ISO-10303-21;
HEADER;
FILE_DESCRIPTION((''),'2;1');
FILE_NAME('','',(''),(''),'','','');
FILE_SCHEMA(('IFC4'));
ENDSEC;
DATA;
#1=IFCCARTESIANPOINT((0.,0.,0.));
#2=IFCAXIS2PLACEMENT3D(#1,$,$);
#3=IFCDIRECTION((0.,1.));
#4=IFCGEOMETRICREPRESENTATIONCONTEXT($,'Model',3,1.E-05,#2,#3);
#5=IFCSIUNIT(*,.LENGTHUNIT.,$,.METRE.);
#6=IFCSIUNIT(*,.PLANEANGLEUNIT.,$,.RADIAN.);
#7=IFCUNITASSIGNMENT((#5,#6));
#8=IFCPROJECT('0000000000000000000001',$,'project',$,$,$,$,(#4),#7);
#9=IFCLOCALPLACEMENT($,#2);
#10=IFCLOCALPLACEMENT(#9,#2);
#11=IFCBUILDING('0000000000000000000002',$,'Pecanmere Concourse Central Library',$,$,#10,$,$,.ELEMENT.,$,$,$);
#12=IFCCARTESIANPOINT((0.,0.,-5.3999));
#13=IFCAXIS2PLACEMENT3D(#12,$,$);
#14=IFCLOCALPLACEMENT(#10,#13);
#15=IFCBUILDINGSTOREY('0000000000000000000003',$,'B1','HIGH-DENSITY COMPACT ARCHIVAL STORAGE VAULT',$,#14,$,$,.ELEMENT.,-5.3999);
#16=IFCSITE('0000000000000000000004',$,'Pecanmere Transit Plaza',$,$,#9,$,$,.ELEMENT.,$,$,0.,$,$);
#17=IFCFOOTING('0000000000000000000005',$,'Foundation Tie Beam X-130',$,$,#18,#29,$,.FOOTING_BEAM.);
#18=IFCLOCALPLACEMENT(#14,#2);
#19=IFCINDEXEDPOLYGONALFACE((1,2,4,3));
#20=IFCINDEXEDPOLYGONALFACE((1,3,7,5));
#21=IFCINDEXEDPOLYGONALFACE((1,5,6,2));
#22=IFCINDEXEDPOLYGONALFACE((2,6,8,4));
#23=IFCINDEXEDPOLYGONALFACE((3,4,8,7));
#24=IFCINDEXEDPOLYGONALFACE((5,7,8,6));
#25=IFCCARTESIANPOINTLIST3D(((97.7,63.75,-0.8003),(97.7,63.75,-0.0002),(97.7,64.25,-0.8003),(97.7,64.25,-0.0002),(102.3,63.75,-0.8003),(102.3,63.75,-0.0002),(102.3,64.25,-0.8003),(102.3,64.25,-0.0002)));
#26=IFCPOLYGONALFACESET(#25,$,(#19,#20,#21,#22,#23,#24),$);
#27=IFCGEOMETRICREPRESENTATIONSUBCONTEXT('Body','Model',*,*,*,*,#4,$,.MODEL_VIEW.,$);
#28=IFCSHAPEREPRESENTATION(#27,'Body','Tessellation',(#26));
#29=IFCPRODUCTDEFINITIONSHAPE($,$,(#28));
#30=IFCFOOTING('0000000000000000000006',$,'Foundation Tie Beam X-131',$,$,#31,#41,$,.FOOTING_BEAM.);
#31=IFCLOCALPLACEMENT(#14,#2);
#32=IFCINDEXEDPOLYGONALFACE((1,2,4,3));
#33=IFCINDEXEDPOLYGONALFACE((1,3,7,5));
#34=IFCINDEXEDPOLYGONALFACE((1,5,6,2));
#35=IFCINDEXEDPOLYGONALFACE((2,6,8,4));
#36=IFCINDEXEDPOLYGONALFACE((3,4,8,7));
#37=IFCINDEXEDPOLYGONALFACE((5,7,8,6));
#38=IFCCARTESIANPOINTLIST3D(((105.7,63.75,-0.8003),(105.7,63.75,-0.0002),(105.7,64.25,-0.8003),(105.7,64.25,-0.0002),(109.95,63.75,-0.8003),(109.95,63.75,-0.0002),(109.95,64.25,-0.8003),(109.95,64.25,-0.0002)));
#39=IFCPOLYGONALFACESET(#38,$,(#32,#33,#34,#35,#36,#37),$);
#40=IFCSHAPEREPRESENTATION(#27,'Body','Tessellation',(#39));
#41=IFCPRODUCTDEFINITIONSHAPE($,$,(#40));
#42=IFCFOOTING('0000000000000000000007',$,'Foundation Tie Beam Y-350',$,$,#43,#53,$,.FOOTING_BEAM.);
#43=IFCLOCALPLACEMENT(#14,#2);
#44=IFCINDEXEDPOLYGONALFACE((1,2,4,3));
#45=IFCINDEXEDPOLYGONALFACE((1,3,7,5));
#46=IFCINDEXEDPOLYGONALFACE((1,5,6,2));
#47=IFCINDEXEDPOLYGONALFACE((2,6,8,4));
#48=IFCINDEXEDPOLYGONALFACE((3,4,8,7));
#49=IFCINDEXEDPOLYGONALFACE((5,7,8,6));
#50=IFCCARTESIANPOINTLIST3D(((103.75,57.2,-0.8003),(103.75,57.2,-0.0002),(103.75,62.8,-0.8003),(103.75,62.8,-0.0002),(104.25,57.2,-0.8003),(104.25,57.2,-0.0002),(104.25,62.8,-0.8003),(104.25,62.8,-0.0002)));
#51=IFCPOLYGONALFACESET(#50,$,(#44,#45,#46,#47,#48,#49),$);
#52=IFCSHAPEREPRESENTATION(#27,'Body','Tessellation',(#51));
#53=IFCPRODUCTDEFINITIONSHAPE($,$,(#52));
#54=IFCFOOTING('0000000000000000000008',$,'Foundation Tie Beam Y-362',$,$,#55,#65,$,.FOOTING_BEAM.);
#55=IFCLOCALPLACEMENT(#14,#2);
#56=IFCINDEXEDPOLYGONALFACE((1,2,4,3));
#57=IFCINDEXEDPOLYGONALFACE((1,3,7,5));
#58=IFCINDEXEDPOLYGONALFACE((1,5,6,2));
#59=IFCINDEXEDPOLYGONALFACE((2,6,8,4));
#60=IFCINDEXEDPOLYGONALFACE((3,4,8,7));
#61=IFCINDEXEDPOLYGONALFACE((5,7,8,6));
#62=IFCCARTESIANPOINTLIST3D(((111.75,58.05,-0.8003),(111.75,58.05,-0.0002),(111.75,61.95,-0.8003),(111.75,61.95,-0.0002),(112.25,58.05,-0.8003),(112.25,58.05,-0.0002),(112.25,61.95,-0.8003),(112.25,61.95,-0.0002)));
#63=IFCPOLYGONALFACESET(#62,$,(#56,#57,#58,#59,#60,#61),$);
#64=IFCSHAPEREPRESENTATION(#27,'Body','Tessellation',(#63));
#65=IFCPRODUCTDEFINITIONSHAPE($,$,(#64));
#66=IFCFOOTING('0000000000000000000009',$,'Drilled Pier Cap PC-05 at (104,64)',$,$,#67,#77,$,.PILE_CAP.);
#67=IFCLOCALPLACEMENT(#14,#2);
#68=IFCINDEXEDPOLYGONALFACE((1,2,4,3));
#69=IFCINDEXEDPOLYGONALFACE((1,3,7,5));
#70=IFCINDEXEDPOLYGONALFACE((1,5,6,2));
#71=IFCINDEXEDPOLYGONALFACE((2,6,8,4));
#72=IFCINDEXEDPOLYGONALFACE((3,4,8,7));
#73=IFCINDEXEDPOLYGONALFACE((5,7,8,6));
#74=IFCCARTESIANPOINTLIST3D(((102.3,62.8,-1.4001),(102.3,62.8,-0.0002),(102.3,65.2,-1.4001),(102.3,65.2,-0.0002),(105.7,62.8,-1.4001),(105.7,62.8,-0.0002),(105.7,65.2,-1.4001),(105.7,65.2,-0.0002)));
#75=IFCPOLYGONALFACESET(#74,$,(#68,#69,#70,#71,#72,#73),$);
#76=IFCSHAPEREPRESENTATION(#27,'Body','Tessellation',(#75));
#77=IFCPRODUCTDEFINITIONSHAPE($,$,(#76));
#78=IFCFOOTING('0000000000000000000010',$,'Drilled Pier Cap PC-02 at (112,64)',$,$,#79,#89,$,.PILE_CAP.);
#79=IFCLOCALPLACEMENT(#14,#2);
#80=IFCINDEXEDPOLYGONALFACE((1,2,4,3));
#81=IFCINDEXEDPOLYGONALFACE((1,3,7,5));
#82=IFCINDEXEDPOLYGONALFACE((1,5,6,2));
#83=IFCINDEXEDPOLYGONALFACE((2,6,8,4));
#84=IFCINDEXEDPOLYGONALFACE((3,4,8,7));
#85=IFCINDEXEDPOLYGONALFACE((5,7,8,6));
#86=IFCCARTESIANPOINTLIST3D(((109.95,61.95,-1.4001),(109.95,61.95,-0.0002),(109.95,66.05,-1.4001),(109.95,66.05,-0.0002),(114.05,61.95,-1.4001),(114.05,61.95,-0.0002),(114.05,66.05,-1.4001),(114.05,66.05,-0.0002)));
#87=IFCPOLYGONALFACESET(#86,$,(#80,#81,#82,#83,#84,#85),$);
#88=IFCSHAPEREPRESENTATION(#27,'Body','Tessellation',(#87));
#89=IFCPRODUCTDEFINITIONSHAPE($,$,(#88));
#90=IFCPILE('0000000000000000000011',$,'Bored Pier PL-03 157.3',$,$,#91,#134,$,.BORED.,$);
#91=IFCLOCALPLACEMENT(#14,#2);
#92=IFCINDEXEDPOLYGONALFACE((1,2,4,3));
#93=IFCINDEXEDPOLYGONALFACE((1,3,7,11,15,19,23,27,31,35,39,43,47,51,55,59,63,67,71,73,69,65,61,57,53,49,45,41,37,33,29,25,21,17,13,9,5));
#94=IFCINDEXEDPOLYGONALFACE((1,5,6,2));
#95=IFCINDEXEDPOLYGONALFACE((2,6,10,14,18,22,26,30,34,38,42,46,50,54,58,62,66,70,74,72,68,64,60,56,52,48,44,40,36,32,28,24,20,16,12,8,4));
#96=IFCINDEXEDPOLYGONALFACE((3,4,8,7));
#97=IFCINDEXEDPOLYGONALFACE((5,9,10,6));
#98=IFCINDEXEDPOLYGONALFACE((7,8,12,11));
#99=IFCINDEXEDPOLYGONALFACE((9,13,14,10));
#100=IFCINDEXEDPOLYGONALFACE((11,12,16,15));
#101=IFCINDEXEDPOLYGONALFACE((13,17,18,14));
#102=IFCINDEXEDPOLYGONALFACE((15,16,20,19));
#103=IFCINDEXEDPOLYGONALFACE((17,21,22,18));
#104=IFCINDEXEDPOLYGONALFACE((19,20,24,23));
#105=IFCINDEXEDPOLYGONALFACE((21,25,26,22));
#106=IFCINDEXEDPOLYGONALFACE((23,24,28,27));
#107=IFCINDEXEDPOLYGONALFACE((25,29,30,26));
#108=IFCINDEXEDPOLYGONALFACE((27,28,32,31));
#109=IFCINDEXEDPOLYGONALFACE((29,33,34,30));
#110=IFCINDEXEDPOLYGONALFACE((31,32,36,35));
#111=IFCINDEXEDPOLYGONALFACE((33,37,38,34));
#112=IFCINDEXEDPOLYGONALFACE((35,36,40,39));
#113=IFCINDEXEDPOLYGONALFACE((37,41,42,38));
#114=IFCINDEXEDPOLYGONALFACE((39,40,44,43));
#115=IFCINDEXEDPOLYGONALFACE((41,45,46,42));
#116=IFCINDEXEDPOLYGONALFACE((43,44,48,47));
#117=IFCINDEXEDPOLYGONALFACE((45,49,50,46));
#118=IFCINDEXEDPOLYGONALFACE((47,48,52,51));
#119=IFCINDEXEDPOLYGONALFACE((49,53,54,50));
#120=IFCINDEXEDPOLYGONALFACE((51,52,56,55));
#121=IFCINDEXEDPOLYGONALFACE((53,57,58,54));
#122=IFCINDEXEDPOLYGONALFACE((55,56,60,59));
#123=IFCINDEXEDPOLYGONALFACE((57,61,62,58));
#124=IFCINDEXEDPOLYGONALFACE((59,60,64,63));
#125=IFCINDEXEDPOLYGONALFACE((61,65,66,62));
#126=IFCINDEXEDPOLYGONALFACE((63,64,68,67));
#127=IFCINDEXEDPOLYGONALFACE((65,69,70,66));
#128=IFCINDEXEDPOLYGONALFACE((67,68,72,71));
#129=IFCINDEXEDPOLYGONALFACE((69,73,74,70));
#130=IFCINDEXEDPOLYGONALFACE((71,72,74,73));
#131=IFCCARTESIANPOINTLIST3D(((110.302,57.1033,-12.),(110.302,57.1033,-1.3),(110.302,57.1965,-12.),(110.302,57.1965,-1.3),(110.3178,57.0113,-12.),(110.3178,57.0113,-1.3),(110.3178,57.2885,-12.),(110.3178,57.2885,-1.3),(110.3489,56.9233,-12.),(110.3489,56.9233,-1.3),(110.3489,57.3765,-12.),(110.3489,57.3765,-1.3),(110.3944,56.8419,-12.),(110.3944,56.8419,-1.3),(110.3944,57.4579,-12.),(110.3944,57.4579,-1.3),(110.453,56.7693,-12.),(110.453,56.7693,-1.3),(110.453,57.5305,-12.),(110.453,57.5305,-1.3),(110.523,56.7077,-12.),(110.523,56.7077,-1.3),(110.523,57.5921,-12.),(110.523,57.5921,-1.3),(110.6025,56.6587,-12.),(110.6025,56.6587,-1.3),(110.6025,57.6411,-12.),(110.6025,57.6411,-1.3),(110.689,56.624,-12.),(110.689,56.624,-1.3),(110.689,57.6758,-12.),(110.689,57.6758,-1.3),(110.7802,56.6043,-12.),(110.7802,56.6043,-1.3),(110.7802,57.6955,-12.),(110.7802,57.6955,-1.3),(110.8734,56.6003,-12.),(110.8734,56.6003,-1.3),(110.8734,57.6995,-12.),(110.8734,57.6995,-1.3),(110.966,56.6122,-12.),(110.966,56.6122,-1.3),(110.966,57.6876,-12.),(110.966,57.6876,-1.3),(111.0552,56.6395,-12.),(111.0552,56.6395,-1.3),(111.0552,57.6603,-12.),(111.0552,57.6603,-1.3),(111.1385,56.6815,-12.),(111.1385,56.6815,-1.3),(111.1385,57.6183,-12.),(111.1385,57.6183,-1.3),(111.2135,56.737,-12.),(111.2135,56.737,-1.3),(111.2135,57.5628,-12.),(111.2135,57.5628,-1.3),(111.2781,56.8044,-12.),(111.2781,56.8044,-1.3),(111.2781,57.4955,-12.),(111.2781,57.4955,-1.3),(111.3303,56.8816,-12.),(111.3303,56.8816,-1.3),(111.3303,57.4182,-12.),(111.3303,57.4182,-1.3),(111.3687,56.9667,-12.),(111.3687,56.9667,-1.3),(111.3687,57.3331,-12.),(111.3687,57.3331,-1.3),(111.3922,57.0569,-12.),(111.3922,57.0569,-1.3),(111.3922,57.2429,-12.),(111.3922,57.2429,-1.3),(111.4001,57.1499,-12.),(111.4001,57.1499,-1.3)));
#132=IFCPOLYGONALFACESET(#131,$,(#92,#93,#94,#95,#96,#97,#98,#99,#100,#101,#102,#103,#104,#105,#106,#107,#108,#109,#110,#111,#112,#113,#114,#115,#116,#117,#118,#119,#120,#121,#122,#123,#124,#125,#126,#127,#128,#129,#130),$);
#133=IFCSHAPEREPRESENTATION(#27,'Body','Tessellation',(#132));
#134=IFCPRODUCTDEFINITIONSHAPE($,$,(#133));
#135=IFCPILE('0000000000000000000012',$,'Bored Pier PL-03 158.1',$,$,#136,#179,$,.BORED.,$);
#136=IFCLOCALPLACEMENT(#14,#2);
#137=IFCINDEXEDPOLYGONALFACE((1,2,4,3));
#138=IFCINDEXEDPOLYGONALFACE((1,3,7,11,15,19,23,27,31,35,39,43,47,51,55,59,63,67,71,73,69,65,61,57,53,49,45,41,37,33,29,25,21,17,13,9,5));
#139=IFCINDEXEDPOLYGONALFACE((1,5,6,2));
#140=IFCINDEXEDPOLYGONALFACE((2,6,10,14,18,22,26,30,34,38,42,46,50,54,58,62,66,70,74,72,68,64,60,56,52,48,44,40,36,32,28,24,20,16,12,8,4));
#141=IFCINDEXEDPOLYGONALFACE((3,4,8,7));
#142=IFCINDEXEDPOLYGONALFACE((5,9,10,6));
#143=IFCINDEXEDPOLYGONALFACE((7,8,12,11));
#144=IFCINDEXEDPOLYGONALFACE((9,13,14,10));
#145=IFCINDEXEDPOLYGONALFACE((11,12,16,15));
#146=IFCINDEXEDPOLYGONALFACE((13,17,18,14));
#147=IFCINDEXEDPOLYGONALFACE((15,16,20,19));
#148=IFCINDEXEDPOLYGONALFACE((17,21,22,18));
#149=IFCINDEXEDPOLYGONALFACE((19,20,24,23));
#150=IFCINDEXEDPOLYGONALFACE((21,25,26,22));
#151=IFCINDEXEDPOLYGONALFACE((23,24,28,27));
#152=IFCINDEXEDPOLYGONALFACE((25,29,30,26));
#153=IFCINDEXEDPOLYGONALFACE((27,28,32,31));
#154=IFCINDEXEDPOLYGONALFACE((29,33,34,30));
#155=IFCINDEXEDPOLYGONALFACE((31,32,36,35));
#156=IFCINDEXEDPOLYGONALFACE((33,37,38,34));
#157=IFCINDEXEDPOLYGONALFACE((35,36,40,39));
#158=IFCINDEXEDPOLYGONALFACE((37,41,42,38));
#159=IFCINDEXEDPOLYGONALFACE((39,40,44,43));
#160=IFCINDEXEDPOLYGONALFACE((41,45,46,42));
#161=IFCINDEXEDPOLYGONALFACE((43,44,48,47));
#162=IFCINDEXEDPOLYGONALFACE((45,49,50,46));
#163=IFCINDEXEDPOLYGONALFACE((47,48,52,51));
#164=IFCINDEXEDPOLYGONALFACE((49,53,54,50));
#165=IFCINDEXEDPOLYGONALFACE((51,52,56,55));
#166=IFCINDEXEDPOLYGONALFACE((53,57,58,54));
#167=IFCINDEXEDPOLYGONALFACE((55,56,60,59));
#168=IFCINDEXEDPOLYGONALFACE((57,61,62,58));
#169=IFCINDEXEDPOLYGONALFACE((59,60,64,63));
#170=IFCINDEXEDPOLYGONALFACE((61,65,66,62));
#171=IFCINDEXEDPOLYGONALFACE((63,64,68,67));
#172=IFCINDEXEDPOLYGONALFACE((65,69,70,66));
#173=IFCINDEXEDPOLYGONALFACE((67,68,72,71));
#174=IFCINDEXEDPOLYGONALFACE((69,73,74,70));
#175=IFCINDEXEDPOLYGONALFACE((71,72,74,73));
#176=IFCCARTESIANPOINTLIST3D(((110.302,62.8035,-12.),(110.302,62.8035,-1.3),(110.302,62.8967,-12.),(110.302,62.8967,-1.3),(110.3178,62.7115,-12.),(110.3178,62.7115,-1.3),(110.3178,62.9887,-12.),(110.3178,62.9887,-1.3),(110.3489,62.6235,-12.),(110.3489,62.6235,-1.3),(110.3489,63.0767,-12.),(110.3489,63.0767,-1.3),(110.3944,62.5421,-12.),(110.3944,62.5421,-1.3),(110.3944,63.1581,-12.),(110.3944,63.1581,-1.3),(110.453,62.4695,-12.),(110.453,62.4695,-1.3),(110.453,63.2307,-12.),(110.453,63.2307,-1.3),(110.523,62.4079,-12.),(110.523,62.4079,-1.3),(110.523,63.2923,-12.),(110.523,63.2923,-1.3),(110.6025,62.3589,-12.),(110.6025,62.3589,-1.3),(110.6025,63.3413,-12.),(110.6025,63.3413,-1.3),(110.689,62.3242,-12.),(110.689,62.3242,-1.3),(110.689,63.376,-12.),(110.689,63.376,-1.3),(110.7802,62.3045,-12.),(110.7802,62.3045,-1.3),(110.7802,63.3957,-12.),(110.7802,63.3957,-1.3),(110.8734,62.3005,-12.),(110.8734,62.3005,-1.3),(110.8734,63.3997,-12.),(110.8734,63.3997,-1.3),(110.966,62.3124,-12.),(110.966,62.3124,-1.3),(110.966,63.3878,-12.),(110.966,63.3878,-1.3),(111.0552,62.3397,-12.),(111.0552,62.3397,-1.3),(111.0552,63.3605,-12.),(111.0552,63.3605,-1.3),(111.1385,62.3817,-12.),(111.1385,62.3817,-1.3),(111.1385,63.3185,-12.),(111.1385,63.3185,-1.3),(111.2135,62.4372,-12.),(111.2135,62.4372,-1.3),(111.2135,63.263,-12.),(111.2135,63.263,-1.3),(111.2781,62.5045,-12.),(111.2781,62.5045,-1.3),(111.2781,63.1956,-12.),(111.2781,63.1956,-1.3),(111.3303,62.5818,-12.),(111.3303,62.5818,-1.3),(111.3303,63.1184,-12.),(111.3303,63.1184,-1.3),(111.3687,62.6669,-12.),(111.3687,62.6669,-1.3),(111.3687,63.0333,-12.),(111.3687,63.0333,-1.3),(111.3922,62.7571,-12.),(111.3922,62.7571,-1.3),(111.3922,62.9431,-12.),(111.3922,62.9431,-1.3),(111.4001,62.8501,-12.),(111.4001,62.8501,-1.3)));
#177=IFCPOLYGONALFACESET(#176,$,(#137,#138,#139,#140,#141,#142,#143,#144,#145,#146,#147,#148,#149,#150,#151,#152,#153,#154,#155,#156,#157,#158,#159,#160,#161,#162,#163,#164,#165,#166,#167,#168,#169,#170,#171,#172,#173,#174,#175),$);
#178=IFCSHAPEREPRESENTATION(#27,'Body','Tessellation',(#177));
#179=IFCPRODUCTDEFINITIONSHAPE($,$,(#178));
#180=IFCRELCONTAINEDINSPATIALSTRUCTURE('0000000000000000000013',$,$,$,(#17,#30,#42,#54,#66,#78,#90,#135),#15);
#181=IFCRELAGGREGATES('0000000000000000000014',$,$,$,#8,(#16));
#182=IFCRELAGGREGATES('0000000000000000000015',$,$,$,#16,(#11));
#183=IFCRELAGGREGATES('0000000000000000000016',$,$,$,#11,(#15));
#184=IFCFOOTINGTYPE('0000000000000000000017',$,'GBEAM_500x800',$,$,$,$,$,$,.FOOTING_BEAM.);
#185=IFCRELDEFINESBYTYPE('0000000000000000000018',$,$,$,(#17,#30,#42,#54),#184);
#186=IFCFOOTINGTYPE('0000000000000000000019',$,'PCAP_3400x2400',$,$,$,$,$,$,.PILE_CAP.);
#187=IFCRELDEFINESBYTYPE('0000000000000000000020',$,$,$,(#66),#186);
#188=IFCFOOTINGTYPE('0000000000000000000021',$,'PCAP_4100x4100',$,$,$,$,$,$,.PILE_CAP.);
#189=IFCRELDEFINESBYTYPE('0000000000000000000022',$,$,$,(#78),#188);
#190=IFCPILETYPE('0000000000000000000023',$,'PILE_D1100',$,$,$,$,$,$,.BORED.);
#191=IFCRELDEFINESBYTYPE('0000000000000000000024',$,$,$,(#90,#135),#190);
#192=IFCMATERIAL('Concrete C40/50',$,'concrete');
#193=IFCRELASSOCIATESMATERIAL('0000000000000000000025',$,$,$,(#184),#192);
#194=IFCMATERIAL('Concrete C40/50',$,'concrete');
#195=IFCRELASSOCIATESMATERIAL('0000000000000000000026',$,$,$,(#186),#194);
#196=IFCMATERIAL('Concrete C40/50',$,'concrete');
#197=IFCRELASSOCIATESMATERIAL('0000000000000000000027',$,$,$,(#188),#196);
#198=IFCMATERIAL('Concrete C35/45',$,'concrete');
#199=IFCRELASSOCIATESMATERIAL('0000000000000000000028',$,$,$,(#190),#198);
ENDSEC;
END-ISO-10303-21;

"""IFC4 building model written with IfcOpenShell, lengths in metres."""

from ifc_helpers import new_model, si_unit, direction, frame, origin, origin_2d, place, context, subcontext, project, spatial, rectangle, circle, extrude, material, material_profile, profile_set, type_object, element, save


model = new_model("IFC4")

# Units and contexts
model_context = context("Model", 3, precision=1e-05, world=origin(), true_north=direction((0.0, 1.0)))
body_context = subcontext(model_context, "Body", "Model", "MODEL_VIEW")
ifc_project = project(units=[si_unit("LENGTHUNIT", "METRE"), si_unit("PLANEANGLEUNIT", "RADIAN")], contexts=[model_context])

# Site, building, storey
site_placement = place(None, origin())
site = spatial("IfcSite", under=ifc_project, at=site_placement, Name="Pecanmere Transit Plaza", CompositionType="ELEMENT", RefElevation=0.0)
building_placement = place(site_placement, origin())
building = spatial("IfcBuilding", under=site, at=building_placement, Name="Pecanmere Concourse Central Library", CompositionType="ELEMENT")
storey_placement = place(building_placement, frame((0.0, 0.0, -5.3999)))
storey = spatial("IfcBuildingStorey", under=building, at=storey_placement, Name="B1", Description="HIGH-DENSITY COMPACT ARCHIVAL STORAGE VAULT", CompositionType="ELEMENT", Elevation=-5.3999)

# Footings
ifc_material_1 = material(Name="Concrete C40/50", Category="concrete")
ifc_material_profile_1 = material_profile(ifc_material_1, rectangle(XDim=0.5, YDim=0.8, at=origin_2d()), Name="RC 500x800")
ifc_profile_set_1 = profile_set([ifc_material_profile_1], Name="Concrete C40/50")
footing_type_1 = type_object("IfcFootingType", Name="GBEAM_500x800", PredefinedType="FOOTING_BEAM", material=ifc_profile_set_1)
footing_1_placement = place(storey_placement, frame((100.0, 64.0, -0.8003), z_axis=(0.0, 0.0, 1.0), x_axis=(1.0, 0.0, 0.0)))
element("IfcFooting", 1, at=footing_1_placement, inside=storey, type_object=footing_type_1, Name="Foundation Tie Beam X-130", PredefinedType="FOOTING_BEAM", context=body_context, shape_type="SweptSolid", body=[
    extrude(rectangle(XDim=4.6001, YDim=0.5, at=origin_2d()), origin(), (0.0, 0.0, 1.0), 0.8),
])
footing_2_placement = place(storey_placement, frame((107.825, 64.0, -0.8003), z_axis=(0.0, 0.0, 1.0), x_axis=(1.0, 0.0, 0.0)))
element("IfcFooting", 2, at=footing_2_placement, inside=storey, type_object=footing_type_1, Name="Foundation Tie Beam X-131", PredefinedType="FOOTING_BEAM", context=body_context, shape_type="SweptSolid", body=[
    extrude(rectangle(XDim=4.25, YDim=0.5, at=origin_2d()), origin(), (0.0, 0.0, 1.0), 0.8),
])
footing_3_placement = place(storey_placement, frame((104.0, 60.0, -0.8003), z_axis=(0.0, 0.0, 1.0), x_axis=(0.0, 1.0, 0.0)))
element("IfcFooting", 3, at=footing_3_placement, inside=storey, type_object=footing_type_1, Name="Foundation Tie Beam Y-350", PredefinedType="FOOTING_BEAM", context=body_context, shape_type="SweptSolid", body=[
    extrude(rectangle(XDim=5.6001, YDim=0.5, at=origin_2d()), origin(), (0.0, 0.0, 1.0), 0.8),
])
footing_4_placement = place(storey_placement, frame((112.0, 60.0, -0.8003), z_axis=(0.0, 0.0, 1.0), x_axis=(0.0, 1.0, 0.0)))
element("IfcFooting", 4, at=footing_4_placement, inside=storey, type_object=footing_type_1, Name="Foundation Tie Beam Y-362", PredefinedType="FOOTING_BEAM", context=body_context, shape_type="SweptSolid", body=[
    extrude(rectangle(XDim=3.8999, YDim=0.5, at=origin_2d()), origin(), (0.0, 0.0, 1.0), 0.8),
])
ifc_material_2 = material(Name="Concrete C40/50", Category="concrete")
footing_type_2 = type_object("IfcFootingType", Name="PCAP_3400x2400", PredefinedType="PILE_CAP", material=ifc_material_2)
footing_5_placement = place(storey_placement, frame((104.0, 64.0, -1.4001), z_axis=(0.0, 0.0, 1.0), x_axis=(1.0, 0.0, 0.0)))
element("IfcFooting", 5, at=footing_5_placement, inside=storey, type_object=footing_type_2, Name="Drilled Pier Cap PC-05 at (104,64)", PredefinedType="PILE_CAP", context=body_context, shape_type="SweptSolid", body=[
    extrude(rectangle(XDim=3.3999, YDim=2.3999, at=origin_2d()), origin(), (0.0, 0.0, 1.0), 1.3999),
])
ifc_material_3 = material(Name="Concrete C40/50", Category="concrete")
footing_type_3 = type_object("IfcFootingType", Name="PCAP_4100x4100", PredefinedType="PILE_CAP", material=ifc_material_3)
footing_6_placement = place(storey_placement, frame((112.0, 64.0, -1.4001), z_axis=(0.0, 0.0, 1.0), x_axis=(1.0, 0.0, 0.0)))
element("IfcFooting", 6, at=footing_6_placement, inside=storey, type_object=footing_type_3, Name="Drilled Pier Cap PC-02 at (112,64)", PredefinedType="PILE_CAP", context=body_context, shape_type="SweptSolid", body=[
    extrude(rectangle(XDim=4.1001, YDim=4.1001, at=origin_2d()), origin(), (0.0, 0.0, 1.0), 1.3999),
])

# Piles
ifc_material_4 = material(Name="Concrete C35/45", Category="concrete")
ifc_material_profile_2 = material_profile(ifc_material_4, circle(Radius=0.55, at=origin_2d()), Name="PIER D1100")
ifc_profile_set_2 = profile_set([ifc_material_profile_2], Name="Concrete C35/45")
pile_type_1 = type_object("IfcPileType", Name="PILE_D1100", PredefinedType="BORED", material=ifc_profile_set_2)
for number, where, z_axis, x_axis, name in (
    (7, (110.8501, 57.1499, -1.3), (0.0, 0.0, -1.0), (1.0, 0.0, 0.0), "Bored Pier PL-03 157.3"),
    (8, (110.8501, 62.8501, -1.3), (0.0, 0.0, -1.0), (1.0, 0.0, 0.0), "Bored Pier PL-03 158.1"),
):
    element("IfcPile", number, at=place(storey_placement, frame(where, z_axis=z_axis, x_axis=x_axis)), inside=storey, type_object=pile_type_1, Name=name, PredefinedType="BORED", context=body_context, shape_type="SweptSolid", body=[
        extrude(circle(Radius=0.55, at=origin_2d()), origin(), (0.0, 0.0, 1.0), 10.7),
    ])

save(model, "model.ifc")
